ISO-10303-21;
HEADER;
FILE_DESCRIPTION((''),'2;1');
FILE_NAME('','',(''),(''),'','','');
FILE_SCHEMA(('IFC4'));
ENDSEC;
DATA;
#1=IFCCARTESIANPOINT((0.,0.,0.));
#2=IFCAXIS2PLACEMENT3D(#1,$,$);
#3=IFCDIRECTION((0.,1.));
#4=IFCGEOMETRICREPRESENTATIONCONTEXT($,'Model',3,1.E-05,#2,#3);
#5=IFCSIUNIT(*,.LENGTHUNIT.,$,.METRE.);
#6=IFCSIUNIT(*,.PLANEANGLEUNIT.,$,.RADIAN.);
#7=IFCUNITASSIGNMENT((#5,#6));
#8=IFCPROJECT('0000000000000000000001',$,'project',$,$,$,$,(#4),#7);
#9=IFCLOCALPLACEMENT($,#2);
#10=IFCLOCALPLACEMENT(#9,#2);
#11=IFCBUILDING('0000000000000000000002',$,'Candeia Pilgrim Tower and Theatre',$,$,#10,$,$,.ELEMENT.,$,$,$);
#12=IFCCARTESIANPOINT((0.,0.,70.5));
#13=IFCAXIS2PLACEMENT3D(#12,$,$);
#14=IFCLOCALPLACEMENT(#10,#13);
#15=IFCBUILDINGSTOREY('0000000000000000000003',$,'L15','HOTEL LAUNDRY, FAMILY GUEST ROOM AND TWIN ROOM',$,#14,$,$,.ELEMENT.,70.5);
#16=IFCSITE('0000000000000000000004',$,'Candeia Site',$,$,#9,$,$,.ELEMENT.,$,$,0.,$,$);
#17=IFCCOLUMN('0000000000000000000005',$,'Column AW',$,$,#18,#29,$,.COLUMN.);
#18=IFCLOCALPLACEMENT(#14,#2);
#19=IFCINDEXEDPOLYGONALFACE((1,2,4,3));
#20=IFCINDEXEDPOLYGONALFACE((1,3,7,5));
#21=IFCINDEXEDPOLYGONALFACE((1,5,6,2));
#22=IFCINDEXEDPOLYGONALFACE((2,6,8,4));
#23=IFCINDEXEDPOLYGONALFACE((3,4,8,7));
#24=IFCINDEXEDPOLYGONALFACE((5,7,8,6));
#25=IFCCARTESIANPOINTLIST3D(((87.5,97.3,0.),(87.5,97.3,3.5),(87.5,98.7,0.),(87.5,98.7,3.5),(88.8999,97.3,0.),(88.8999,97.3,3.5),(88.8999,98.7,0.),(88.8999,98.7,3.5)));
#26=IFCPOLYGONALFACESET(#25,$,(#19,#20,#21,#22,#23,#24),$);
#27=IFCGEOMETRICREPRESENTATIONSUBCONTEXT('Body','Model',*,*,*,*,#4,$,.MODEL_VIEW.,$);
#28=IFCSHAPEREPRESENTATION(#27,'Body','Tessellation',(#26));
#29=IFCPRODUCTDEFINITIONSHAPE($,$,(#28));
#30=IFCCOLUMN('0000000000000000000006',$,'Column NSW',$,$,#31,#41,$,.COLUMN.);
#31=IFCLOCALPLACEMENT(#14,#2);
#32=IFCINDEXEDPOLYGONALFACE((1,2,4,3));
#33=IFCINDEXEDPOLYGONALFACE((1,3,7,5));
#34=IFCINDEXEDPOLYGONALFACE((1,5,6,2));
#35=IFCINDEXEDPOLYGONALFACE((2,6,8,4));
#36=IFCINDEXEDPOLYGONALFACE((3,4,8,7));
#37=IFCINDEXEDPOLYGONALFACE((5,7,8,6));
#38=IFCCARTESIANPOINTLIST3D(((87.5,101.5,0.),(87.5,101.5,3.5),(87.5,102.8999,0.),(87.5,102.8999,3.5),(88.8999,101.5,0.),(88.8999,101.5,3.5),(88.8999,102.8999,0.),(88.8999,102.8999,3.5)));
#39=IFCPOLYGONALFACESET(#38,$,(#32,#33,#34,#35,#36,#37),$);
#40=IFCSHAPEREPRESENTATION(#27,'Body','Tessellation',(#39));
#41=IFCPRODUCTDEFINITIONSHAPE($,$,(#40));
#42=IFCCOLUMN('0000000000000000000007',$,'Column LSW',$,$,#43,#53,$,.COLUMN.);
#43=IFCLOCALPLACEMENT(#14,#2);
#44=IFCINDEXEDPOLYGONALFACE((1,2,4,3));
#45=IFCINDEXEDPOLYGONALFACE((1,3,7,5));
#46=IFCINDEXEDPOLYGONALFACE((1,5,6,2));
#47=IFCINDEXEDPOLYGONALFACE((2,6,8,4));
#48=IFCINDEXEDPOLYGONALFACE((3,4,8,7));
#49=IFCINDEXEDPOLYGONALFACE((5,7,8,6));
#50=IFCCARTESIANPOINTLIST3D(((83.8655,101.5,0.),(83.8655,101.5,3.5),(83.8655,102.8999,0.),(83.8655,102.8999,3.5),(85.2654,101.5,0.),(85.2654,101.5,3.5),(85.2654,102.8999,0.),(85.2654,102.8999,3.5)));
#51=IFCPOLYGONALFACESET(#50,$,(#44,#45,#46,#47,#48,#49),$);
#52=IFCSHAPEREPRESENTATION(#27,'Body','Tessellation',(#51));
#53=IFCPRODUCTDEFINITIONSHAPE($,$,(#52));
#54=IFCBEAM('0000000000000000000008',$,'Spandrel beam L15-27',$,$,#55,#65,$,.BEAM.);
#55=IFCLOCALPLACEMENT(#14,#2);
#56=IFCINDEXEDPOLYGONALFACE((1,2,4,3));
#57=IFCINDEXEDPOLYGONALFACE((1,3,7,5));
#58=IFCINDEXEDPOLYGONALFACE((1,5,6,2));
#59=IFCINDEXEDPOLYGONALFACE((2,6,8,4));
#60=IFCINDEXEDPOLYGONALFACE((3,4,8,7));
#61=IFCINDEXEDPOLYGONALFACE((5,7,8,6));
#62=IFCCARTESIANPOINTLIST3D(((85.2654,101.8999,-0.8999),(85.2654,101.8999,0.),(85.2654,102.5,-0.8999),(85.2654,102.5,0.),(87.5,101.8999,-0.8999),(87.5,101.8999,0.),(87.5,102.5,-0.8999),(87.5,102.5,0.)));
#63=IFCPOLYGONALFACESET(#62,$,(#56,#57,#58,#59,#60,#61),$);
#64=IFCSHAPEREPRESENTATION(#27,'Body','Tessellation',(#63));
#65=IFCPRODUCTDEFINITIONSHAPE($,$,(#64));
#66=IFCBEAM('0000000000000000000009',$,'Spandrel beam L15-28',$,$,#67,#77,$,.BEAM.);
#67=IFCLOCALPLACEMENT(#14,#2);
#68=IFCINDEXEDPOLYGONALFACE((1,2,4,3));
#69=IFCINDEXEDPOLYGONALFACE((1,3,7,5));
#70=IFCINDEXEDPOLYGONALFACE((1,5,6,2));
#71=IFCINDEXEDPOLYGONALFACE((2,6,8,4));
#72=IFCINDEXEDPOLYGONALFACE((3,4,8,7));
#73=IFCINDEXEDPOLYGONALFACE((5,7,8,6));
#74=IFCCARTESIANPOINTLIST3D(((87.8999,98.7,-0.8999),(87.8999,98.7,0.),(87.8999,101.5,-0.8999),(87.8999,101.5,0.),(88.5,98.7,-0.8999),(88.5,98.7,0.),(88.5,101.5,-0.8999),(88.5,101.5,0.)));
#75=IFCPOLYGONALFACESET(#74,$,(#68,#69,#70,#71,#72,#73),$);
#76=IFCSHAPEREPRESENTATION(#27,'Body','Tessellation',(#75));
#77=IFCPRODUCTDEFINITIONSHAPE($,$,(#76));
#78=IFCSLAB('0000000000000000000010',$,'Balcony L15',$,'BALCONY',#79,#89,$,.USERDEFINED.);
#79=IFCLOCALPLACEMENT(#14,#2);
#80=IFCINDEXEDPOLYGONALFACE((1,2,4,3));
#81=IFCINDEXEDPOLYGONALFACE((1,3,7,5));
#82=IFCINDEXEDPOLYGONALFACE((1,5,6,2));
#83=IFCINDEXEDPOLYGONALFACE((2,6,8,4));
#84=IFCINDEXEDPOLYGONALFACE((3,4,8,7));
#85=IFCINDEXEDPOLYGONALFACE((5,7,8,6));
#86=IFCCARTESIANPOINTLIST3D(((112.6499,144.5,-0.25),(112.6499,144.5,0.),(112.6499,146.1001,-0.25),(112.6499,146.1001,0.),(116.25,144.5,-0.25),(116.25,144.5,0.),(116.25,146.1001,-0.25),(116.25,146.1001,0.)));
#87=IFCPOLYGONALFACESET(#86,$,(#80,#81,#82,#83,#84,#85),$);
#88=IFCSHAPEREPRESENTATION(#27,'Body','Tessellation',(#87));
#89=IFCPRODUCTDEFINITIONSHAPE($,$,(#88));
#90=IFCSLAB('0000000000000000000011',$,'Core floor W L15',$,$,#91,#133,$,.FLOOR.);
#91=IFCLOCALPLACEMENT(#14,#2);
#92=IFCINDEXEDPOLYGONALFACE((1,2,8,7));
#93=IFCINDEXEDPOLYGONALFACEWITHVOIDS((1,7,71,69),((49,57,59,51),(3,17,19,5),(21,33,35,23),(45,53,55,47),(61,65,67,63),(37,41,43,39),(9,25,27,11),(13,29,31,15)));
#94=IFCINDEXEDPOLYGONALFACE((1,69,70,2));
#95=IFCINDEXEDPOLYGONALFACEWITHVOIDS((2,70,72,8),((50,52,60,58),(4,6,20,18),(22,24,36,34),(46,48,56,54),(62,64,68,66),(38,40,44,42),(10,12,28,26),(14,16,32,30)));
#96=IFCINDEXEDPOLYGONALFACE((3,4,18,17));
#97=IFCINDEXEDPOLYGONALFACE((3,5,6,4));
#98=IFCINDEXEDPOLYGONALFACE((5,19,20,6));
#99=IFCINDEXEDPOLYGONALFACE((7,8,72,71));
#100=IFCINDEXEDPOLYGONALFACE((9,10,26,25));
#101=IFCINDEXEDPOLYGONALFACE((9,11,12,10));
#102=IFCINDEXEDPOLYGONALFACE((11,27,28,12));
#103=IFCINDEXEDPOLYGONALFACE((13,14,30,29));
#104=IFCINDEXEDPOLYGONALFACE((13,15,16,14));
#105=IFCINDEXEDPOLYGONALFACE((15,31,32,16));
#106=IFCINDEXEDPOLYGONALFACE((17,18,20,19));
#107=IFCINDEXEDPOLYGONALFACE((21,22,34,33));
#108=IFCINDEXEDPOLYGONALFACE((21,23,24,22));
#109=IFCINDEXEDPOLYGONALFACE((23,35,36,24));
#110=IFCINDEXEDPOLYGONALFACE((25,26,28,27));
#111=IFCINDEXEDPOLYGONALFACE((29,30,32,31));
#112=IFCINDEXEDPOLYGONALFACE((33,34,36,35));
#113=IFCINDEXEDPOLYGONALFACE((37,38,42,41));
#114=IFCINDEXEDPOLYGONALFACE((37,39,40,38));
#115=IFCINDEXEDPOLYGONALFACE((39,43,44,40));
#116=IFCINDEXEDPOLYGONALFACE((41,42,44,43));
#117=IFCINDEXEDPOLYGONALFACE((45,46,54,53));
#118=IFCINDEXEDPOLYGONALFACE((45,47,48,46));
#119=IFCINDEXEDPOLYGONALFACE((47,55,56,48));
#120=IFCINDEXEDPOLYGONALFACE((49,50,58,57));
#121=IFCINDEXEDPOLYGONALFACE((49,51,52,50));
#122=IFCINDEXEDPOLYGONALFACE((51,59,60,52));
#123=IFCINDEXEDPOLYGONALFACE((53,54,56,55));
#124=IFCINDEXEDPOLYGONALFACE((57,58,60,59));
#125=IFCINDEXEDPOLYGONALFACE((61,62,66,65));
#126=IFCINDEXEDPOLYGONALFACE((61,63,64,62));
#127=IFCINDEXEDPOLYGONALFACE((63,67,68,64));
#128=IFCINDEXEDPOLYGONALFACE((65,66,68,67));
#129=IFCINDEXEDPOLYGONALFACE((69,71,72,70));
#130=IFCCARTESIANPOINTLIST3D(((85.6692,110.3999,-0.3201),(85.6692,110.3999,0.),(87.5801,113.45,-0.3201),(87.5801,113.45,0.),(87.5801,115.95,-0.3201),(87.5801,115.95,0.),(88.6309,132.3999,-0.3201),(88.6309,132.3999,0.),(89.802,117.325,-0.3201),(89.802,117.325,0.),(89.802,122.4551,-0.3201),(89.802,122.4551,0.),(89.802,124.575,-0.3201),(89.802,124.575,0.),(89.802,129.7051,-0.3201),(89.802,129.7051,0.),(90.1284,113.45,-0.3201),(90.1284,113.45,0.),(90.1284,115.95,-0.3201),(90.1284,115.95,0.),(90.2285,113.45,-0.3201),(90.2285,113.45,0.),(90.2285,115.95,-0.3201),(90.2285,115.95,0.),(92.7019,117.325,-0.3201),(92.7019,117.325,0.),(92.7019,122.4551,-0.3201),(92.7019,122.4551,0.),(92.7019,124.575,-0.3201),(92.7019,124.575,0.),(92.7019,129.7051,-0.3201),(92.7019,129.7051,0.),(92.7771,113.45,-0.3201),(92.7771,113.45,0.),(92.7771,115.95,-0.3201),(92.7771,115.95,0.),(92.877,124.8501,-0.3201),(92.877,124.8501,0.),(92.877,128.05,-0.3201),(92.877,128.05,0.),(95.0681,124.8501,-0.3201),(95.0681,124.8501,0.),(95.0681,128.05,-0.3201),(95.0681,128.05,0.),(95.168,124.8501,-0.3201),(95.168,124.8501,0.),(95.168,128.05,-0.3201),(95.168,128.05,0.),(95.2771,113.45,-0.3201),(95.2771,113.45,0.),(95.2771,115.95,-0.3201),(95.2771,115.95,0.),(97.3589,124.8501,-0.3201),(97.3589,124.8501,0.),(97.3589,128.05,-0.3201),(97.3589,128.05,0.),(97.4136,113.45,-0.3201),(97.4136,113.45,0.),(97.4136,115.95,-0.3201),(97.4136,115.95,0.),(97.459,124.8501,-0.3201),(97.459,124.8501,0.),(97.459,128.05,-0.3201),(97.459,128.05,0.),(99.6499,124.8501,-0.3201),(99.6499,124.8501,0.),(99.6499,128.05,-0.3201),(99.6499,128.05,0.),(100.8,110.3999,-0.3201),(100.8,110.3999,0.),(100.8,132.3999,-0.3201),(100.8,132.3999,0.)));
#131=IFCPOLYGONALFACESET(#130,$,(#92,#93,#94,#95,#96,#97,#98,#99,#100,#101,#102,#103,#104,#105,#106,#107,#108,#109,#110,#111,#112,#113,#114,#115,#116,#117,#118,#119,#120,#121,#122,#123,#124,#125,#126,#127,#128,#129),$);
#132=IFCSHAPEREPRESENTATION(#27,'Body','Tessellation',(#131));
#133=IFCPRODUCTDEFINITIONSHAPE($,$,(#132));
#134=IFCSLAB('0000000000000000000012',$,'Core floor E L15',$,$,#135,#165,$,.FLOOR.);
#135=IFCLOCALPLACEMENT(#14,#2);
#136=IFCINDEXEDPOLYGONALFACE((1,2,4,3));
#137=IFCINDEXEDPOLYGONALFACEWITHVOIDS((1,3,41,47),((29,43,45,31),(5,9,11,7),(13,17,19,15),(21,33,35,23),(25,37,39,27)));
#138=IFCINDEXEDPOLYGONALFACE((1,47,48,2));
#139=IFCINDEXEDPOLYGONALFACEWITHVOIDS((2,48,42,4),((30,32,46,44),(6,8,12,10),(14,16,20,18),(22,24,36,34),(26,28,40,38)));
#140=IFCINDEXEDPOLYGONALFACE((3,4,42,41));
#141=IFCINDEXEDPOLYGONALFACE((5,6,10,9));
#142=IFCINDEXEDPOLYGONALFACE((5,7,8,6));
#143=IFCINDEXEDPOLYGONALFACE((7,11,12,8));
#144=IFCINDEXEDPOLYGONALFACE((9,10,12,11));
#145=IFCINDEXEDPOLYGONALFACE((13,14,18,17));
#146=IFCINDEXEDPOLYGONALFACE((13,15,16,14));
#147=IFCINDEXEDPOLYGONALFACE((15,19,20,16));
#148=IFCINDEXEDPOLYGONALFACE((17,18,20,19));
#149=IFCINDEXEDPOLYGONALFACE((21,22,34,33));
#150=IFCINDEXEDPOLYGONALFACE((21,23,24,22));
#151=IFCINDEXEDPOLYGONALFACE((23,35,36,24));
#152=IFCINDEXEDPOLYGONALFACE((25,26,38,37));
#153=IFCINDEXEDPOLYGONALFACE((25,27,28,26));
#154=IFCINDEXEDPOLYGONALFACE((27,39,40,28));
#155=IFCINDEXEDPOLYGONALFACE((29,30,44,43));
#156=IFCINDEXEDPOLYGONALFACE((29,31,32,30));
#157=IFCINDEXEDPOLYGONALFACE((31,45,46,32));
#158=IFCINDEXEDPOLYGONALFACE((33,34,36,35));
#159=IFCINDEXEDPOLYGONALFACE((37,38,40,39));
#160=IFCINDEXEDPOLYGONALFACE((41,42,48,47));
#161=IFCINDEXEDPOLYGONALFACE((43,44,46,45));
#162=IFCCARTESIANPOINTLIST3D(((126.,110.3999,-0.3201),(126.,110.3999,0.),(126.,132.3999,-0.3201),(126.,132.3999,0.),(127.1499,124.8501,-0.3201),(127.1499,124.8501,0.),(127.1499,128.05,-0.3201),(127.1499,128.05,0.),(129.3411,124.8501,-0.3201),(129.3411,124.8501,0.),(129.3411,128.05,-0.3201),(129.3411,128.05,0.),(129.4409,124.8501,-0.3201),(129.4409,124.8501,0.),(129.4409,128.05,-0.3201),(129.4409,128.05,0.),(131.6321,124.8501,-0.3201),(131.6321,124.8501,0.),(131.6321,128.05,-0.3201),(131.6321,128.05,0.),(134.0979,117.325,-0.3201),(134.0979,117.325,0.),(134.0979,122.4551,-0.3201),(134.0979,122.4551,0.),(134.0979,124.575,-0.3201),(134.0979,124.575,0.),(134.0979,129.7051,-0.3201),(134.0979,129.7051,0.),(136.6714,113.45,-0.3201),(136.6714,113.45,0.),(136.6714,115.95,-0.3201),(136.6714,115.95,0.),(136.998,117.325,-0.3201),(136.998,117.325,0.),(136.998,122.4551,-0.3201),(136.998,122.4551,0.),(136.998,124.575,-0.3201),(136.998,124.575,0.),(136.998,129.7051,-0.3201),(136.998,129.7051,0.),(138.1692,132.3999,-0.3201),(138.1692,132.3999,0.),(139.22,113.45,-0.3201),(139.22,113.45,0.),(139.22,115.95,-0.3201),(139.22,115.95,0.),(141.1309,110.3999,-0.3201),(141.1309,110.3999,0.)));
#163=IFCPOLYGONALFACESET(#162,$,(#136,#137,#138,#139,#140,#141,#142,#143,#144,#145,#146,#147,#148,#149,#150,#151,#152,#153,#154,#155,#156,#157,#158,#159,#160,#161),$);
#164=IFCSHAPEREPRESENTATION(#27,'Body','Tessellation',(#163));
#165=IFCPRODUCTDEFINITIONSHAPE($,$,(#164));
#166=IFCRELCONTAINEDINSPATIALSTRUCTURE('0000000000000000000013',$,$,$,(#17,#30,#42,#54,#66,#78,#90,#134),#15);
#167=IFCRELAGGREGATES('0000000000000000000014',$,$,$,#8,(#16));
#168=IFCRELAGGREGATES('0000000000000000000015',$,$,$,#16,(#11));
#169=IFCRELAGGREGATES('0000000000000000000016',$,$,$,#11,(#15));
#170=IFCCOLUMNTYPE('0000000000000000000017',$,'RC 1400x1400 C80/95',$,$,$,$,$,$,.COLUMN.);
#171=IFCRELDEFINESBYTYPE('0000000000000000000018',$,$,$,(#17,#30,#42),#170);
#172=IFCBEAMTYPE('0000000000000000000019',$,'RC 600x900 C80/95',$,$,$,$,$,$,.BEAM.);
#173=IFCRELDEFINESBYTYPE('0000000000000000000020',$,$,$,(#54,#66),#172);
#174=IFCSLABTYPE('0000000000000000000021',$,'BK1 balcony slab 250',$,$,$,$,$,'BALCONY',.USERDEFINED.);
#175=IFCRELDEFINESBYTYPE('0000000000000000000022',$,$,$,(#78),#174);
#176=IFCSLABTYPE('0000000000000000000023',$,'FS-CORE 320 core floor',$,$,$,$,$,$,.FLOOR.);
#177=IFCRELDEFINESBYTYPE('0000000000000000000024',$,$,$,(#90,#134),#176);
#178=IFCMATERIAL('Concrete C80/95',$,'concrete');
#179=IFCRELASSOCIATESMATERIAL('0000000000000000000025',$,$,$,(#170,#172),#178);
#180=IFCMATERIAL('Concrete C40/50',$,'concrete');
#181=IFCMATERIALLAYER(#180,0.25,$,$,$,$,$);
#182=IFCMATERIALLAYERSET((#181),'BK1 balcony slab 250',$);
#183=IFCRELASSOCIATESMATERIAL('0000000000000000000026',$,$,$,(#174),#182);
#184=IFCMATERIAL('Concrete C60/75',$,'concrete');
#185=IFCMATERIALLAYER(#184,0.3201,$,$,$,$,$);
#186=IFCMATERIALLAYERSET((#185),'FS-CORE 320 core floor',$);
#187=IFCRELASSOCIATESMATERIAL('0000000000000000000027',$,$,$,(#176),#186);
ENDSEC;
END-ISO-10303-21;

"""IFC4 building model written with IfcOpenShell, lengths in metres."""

from ifc_helpers import new_model, si_unit, direction, frame, origin, origin_2d, place, context, subcontext, project, spatial, polyline, rectangle, outline, extrude, material, layer, layer_set, material_profile, profile_set, type_object, element, save


model = new_model("IFC4")

# Units and contexts
model_context = context("Model", 3, precision=1e-05, world=origin(), true_north=direction((0.0, 1.0)))
body_context = subcontext(model_context, "Body", "Model", "MODEL_VIEW")
ifc_project = project(units=[si_unit("LENGTHUNIT", "METRE"), si_unit("PLANEANGLEUNIT", "RADIAN")], contexts=[model_context])

# Site, building, storey
site_placement = place(None, origin())
site = spatial("IfcSite", under=ifc_project, at=site_placement, Name="Candeia Site", CompositionType="ELEMENT", RefElevation=0.0)
building_placement = place(site_placement, origin())
building = spatial("IfcBuilding", under=site, at=building_placement, Name="Candeia Pilgrim Tower and Theatre", CompositionType="ELEMENT")
storey_placement = place(building_placement, frame((0.0, 0.0, 70.5)))
storey = spatial("IfcBuildingStorey", under=building, at=storey_placement, Name="L15", Description="HOTEL LAUNDRY, FAMILY GUEST ROOM AND TWIN ROOM", CompositionType="ELEMENT", Elevation=70.5)

# Columns
ifc_material_1 = material(Name="Concrete C80/95", Category="concrete")
ifc_material_profile_1 = material_profile(ifc_material_1, rectangle(XDim=1.3999, YDim=1.3999, at=origin_2d()))
ifc_profile_set_1 = profile_set([ifc_material_profile_1], Name="Concrete C80/95")
column_type = type_object("IfcColumnType", Name="RC 1400x1400 C80/95", PredefinedType="COLUMN", material=ifc_profile_set_1)
for number, where, z_axis, x_axis, name in (
    (1, (88.2, 98.0, 0.0), (0.0, 0.0, 1.0), (1.0, 0.0, 0.0), "Column AW"),
    (2, (88.2, 102.2, 0.0), (0.0, 0.0, 1.0), (1.0, 0.0, 0.0), "Column NSW"),
    (3, (84.5654, 102.2, 0.0), (0.0, 0.0, 1.0), (1.0, 0.0, 0.0), "Column LSW"),
):
    element("IfcColumn", number, at=place(storey_placement, frame(where, z_axis=z_axis, x_axis=x_axis)), inside=storey, type_object=column_type, Name=name, PredefinedType="COLUMN", context=body_context, shape_type="SweptSolid", body=[
        extrude(rectangle(XDim=1.3999, YDim=1.3999, at=origin_2d()), origin(), (0.0, 0.0, 1.0), 3.5),
    ])

# Beams
ifc_material_profile_2 = material_profile(ifc_material_1, rectangle(XDim=0.6001, YDim=0.8999, at=origin_2d()))
ifc_profile_set_2 = profile_set([ifc_material_profile_2], Name="Concrete C80/95")
beam_type = type_object("IfcBeamType", Name="RC 600x900 C80/95", PredefinedType="BEAM", material=ifc_profile_set_2)
beam_1_placement = place(storey_placement, frame((85.2654, 102.2, -0.45), z_axis=(1.0, 0.0, 0.0), x_axis=(0.0, 1.0, 0.0)))
element("IfcBeam", 4, at=beam_1_placement, inside=storey, type_object=beam_type, Name="Spandrel beam L15-27", PredefinedType="BEAM", context=body_context, shape_type="SweptSolid", body=[
    extrude(rectangle(XDim=0.6001, YDim=0.8999, at=origin_2d()), origin(), (0.0, 0.0, 1.0), 2.2346),
])
beam_2_placement = place(storey_placement, frame((88.2, 101.5, -0.45), z_axis=(0.0, -1.0, 0.0), x_axis=(1.0, 0.0, 0.0)))
element("IfcBeam", 5, at=beam_2_placement, inside=storey, type_object=beam_type, Name="Spandrel beam L15-28", PredefinedType="BEAM", context=body_context, shape_type="SweptSolid", body=[
    extrude(rectangle(XDim=0.6001, YDim=0.8999, at=origin_2d()), origin(), (0.0, 0.0, 1.0), 2.8),
])

# Slabs
ifc_material_2 = material(Name="Concrete C40/50", Category="concrete")
ifc_layer_1 = layer(ifc_material_2, 0.25)
ifc_layer_set_1 = layer_set([ifc_layer_1], Name="BK1 balcony slab 250")
slab_type_1 = type_object("IfcSlabType", Name="BK1 balcony slab 250", ElementType="BALCONY", PredefinedType="USERDEFINED", material=ifc_layer_set_1)
slab_1_placement = place(storey_placement, frame((0.0, 0.0, -0.25)))
element("IfcSlab", 6, at=slab_1_placement, inside=storey, type_object=slab_type_1, Name="Balcony L15", ObjectType="BALCONY", PredefinedType="USERDEFINED", context=body_context, shape_type="SweptSolid", body=[
    extrude(outline(polyline([(112.6499, 144.5), (116.25, 144.5), (116.25, 146.1001), (112.6499, 146.1001), (112.6499, 144.5)])), origin(), (0.0, 0.0, 1.0), 0.25),
])
ifc_material_3 = material(Name="Concrete C60/75", Category="concrete")
ifc_layer_2 = layer(ifc_material_3, 0.3201)
ifc_layer_set_2 = layer_set([ifc_layer_2], Name="FS-CORE 320 core floor")
slab_type_2 = type_object("IfcSlabType", Name="FS-CORE 320 core floor", PredefinedType="FLOOR", material=ifc_layer_set_2)
slab_2_placement = place(storey_placement, frame((0.0, 0.0, -0.3201)))
element("IfcSlab", 7, at=slab_2_placement, inside=storey, type_object=slab_type_2, Name="Core floor W L15", PredefinedType="FLOOR", context=body_context, shape_type="SweptSolid", body=[
    extrude(outline(polyline([(100.8, 132.3999), (100.8, 110.3999), (85.6692, 110.3999), (88.6309, 132.3999), (100.8, 132.3999)]), holes=[polyline([(97.459, 128.05), (97.459, 124.8501), (99.6499, 124.8501), (99.6499, 128.05), (97.459, 128.05)]), polyline([(95.2771, 115.95), (95.2771, 113.45), (97.4136, 113.45), (97.4136, 115.95), (95.2771, 115.95)]), polyline([(95.168, 128.05), (95.168, 124.8501), (97.3589, 124.8501), (97.3589, 128.05), (95.168, 128.05)]), polyline([(92.877, 128.05), (92.877, 124.8501), (95.0681, 124.8501), (95.0681, 128.05), (92.877, 128.05)]), polyline([(90.2285, 115.95), (90.2285, 113.45), (92.7771, 113.45), (92.7771, 115.95), (90.2285, 115.95)]), polyline([(89.802, 122.4551), (89.802, 117.325), (92.7019, 117.325), (92.7019, 122.4551), (89.802, 122.4551)]), polyline([(89.802, 129.7051), (89.802, 124.575), (92.7019, 124.575), (92.7019, 129.7051), (89.802, 129.7051)]), polyline([(87.5801, 115.95), (87.5801, 113.45), (90.1284, 113.45), (90.1284, 115.95), (87.5801, 115.95)])]), origin(), (0.0, 0.0, 1.0), 0.3201),
])
slab_3_placement = place(storey_placement, frame((0.0, 0.0, -0.3201)))
element("IfcSlab", 8, at=slab_3_placement, inside=storey, type_object=slab_type_2, Name="Core floor E L15", PredefinedType="FLOOR", context=body_context, shape_type="SweptSolid", body=[
    extrude(outline(polyline([(138.1692, 132.3999), (141.1309, 110.3999), (126.0, 110.3999), (126.0, 132.3999), (138.1692, 132.3999)]), holes=[polyline([(136.6714, 115.95), (136.6714, 113.45), (139.22, 113.45), (139.22, 115.95), (136.6714, 115.95)]), polyline([(134.0979, 117.325), (136.998, 117.325), (136.998, 122.4551), (134.0979, 122.4551), (134.0979, 117.325)]), polyline([(134.0979, 129.7051), (134.0979, 124.575), (136.998, 124.575), (136.998, 129.7051), (134.0979, 129.7051)]), polyline([(131.6321, 128.05), (129.4409, 128.05), (129.4409, 124.8501), (131.6321, 124.8501), (131.6321, 128.05)]), polyline([(127.1499, 128.05), (127.1499, 124.8501), (129.3411, 124.8501), (129.3411, 128.05), (127.1499, 128.05)])]), origin(), (0.0, 0.0, 1.0), 0.3201),
])

save(model, "model.ifc")
